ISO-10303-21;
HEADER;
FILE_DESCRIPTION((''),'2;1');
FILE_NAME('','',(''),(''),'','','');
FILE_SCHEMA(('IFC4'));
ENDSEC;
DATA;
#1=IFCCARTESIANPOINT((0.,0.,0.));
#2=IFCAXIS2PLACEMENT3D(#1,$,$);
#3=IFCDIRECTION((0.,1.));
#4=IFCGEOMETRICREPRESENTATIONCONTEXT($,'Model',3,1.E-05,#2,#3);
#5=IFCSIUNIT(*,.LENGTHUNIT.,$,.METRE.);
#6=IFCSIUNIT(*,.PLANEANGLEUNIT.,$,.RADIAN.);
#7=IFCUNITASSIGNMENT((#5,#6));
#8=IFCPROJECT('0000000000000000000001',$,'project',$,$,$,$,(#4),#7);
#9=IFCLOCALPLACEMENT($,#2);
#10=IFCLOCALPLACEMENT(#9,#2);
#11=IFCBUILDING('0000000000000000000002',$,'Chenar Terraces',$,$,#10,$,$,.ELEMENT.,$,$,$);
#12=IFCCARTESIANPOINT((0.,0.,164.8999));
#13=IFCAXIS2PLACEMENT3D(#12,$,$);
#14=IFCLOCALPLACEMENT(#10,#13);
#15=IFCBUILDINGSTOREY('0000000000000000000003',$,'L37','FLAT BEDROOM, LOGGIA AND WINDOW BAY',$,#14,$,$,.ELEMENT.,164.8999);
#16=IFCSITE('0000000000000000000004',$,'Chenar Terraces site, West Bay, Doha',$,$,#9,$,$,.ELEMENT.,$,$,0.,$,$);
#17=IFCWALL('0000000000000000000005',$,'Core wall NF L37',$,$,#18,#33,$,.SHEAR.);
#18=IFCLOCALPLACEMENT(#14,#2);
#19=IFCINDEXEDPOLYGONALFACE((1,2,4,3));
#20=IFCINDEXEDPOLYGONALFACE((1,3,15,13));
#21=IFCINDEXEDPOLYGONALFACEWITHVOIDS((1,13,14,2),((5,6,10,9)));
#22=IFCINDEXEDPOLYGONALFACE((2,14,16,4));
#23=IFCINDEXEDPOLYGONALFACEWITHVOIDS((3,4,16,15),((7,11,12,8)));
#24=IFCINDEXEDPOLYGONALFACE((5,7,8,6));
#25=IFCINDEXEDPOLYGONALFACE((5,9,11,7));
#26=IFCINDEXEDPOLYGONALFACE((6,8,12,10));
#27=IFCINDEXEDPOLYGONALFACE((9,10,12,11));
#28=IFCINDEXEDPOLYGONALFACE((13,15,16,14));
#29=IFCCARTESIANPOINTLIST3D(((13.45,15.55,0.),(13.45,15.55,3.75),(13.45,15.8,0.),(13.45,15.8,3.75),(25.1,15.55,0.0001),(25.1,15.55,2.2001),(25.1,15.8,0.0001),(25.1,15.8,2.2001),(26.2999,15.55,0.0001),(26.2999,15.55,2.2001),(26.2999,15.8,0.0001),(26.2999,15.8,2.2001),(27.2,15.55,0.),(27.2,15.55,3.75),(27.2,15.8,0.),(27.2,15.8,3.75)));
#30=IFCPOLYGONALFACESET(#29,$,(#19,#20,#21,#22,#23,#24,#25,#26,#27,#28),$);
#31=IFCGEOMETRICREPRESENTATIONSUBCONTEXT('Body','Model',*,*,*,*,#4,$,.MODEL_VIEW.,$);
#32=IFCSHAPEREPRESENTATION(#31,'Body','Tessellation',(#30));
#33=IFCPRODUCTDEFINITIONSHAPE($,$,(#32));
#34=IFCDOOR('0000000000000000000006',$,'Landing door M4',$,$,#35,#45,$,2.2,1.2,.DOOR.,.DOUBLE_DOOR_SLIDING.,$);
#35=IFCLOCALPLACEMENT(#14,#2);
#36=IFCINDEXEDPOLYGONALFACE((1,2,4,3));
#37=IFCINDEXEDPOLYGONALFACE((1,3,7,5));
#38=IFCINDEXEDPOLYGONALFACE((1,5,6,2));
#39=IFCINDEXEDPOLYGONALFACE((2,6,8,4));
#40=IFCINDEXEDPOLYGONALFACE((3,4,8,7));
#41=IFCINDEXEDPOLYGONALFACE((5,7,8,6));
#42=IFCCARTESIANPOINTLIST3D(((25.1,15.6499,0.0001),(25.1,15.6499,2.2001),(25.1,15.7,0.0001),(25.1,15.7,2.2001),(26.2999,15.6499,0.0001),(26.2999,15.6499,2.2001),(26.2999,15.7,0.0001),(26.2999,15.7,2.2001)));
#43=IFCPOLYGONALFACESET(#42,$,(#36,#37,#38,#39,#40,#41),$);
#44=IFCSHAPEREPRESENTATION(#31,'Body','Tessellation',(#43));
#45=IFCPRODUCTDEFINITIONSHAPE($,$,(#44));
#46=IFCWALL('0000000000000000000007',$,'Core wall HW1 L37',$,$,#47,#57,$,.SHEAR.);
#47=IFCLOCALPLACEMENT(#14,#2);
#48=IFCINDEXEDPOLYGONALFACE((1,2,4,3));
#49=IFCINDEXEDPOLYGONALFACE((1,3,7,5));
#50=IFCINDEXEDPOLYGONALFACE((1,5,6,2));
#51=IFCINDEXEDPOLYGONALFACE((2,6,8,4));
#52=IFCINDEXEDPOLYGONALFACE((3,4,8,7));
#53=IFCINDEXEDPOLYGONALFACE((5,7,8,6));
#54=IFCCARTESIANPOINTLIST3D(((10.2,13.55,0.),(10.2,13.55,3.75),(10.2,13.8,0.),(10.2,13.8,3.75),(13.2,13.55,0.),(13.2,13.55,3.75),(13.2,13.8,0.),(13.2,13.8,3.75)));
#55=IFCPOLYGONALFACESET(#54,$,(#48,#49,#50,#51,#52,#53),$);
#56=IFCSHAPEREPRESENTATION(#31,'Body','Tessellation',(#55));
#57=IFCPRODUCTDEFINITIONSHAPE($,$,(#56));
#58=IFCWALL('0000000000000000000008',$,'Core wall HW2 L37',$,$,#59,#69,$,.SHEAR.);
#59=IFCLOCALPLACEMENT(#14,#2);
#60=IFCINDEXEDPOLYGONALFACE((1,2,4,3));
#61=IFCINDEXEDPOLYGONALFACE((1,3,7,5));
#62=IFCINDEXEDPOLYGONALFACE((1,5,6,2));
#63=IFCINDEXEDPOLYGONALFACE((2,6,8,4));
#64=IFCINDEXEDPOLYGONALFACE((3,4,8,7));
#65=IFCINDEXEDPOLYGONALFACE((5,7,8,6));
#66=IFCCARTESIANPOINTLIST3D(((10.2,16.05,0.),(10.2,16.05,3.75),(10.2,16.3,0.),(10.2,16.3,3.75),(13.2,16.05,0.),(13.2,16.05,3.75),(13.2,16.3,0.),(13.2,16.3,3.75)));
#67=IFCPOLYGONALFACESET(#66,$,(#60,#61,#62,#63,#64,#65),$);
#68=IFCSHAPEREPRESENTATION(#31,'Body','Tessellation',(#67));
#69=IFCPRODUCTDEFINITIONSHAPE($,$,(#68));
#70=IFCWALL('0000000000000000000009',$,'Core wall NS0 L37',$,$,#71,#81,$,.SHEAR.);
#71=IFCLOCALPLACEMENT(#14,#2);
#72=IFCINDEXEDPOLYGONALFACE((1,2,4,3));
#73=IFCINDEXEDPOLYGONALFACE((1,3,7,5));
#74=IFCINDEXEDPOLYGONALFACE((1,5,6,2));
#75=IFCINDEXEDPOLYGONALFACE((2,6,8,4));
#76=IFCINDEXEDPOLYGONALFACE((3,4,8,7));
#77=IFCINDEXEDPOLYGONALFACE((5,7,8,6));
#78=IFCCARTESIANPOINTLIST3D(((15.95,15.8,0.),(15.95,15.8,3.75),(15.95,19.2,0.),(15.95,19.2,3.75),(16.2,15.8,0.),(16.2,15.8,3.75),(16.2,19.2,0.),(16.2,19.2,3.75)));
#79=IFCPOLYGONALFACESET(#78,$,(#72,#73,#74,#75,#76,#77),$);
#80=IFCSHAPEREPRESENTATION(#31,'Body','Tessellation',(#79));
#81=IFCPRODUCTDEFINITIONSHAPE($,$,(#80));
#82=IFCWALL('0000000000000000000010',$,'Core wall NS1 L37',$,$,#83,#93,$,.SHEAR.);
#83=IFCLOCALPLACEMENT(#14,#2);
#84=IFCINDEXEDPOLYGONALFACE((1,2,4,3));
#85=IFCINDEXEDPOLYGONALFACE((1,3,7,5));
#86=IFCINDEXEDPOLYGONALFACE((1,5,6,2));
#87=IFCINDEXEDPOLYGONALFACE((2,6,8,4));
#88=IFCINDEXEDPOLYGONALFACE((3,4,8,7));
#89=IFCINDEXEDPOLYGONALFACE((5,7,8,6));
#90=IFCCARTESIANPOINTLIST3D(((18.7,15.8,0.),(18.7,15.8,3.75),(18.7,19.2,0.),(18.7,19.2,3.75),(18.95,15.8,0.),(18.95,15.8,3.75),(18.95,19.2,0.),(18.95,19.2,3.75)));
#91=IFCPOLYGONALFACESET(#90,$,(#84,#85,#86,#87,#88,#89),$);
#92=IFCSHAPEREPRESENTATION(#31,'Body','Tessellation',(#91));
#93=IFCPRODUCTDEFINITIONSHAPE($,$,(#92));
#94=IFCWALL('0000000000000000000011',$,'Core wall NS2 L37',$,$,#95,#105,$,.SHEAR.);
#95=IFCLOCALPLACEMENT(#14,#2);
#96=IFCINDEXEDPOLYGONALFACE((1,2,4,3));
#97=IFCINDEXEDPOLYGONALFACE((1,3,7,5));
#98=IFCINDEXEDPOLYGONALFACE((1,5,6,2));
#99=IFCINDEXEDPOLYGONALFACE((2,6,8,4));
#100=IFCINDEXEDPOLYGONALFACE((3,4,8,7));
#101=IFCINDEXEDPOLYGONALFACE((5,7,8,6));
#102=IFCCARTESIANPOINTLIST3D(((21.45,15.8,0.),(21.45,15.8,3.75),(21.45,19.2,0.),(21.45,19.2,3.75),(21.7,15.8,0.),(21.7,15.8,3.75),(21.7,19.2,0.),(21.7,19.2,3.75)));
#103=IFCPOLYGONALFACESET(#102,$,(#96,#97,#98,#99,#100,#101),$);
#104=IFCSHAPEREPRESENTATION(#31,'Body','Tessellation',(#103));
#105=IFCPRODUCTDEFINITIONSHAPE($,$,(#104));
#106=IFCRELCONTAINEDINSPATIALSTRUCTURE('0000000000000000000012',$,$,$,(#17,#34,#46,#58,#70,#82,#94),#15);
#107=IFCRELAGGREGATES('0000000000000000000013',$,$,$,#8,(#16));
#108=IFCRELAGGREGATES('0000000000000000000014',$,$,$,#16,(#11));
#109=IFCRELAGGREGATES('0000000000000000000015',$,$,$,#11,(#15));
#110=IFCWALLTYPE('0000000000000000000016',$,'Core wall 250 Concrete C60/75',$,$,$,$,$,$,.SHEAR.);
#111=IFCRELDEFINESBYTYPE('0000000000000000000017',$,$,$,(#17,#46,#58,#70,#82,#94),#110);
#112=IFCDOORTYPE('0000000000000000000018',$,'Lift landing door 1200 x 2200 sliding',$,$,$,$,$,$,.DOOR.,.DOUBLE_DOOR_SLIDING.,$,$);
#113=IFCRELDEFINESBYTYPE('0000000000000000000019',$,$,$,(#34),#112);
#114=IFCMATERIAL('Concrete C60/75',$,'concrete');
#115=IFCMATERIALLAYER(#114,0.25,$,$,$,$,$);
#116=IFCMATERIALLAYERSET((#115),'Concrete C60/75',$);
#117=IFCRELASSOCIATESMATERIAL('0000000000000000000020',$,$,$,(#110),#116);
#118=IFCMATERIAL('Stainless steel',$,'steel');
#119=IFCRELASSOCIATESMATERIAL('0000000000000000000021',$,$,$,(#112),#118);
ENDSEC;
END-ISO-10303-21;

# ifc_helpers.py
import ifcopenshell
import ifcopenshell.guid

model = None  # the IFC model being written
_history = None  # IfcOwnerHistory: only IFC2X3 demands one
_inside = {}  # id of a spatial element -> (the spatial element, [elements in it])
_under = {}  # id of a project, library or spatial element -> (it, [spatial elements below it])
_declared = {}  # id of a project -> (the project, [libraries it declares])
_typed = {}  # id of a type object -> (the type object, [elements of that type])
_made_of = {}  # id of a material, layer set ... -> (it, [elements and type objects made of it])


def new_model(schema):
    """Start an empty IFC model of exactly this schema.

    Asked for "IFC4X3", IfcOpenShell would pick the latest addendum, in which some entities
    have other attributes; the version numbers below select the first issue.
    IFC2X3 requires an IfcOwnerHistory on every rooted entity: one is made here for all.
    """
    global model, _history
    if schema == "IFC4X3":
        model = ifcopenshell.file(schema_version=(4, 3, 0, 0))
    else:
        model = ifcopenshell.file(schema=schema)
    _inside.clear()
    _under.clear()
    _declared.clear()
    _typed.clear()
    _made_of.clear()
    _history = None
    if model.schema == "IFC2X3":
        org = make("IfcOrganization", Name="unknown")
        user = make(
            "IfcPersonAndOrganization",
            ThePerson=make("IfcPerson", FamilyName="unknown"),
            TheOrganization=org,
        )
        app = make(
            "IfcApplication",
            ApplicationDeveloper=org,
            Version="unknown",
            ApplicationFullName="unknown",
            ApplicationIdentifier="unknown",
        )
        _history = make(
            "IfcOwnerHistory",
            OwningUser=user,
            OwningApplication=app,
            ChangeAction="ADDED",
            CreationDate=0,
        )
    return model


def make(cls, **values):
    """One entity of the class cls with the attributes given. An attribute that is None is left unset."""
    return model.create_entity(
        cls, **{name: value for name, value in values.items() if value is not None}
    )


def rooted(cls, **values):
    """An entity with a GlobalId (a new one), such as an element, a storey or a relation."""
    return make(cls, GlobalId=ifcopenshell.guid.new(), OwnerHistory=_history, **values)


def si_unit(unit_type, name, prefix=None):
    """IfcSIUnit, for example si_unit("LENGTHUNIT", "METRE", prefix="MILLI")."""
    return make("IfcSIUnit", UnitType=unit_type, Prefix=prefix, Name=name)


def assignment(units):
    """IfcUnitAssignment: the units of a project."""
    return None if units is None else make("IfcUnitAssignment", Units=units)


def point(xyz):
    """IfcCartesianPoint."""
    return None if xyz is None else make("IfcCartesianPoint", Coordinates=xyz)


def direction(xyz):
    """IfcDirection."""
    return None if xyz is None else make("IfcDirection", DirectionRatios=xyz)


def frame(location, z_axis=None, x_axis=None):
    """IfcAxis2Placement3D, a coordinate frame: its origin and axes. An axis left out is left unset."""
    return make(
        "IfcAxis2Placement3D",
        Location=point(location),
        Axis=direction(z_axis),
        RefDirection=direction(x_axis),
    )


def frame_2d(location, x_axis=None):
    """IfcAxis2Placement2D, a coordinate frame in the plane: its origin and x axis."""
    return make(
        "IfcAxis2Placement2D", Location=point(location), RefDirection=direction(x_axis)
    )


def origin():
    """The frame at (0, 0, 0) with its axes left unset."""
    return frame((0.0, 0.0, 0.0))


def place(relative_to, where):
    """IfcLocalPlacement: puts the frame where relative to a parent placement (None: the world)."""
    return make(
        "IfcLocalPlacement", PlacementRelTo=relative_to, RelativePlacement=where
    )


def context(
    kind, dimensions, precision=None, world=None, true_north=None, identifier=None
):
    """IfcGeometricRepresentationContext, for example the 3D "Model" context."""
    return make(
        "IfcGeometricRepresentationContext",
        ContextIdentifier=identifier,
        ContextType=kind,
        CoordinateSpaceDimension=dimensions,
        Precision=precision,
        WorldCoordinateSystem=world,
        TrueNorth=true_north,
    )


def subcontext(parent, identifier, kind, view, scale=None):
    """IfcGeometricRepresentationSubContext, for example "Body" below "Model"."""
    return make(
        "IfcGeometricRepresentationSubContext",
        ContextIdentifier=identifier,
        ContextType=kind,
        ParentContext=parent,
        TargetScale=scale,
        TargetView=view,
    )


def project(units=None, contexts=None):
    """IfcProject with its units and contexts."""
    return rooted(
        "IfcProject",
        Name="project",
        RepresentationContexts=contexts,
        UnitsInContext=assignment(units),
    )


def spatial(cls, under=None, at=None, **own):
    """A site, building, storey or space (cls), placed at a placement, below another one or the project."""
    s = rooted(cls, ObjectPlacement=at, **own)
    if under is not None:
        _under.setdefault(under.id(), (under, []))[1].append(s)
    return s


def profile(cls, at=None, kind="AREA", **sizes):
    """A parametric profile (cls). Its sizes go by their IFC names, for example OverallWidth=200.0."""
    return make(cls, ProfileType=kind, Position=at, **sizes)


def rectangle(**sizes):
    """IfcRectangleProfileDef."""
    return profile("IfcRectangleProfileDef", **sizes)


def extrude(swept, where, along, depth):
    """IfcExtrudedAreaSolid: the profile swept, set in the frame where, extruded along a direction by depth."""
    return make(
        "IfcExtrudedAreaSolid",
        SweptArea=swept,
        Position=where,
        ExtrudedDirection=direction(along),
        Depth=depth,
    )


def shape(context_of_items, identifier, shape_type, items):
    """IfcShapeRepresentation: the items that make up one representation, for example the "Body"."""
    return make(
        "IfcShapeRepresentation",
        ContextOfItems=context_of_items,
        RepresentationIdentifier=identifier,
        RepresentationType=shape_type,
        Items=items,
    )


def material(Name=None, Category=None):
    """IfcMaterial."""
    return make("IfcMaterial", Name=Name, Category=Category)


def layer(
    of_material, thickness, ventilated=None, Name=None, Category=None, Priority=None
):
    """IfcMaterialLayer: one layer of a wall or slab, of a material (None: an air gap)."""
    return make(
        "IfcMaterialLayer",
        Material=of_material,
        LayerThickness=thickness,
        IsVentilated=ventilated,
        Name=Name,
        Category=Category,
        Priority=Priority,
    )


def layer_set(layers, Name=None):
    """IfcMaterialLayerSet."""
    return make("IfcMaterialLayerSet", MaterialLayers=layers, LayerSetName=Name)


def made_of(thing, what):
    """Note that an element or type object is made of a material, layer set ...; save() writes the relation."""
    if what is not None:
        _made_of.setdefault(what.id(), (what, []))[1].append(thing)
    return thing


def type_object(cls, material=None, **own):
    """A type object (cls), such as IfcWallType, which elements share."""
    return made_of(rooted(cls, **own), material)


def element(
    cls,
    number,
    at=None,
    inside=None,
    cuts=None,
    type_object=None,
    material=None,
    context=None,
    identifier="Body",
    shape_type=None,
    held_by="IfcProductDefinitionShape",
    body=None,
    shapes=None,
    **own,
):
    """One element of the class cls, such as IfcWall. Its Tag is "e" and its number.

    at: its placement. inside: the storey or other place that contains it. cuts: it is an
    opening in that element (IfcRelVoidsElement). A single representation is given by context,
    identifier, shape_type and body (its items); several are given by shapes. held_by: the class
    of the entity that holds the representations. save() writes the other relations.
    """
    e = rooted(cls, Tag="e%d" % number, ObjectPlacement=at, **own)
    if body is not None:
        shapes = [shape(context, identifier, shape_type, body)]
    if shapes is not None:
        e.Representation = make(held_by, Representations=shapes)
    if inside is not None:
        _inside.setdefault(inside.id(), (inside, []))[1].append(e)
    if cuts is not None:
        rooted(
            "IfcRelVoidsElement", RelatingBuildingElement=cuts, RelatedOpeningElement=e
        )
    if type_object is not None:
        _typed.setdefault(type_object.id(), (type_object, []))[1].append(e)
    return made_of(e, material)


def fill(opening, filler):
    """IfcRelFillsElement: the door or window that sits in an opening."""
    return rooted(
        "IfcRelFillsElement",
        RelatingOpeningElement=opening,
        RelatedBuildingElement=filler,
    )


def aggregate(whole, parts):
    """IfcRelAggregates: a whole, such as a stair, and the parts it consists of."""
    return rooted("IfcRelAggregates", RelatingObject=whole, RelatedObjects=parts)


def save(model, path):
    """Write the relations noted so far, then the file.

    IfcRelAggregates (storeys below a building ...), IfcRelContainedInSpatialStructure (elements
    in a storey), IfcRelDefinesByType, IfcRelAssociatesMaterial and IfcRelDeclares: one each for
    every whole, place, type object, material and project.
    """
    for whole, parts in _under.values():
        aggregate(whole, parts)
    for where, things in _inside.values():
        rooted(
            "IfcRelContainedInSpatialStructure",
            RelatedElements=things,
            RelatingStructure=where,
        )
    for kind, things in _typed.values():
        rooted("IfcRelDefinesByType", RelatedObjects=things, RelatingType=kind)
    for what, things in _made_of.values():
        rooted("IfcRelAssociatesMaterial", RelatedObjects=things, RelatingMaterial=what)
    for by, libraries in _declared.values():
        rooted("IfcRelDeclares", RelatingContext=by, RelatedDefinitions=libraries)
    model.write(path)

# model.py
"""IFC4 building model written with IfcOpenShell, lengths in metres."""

from ifc_helpers import new_model, si_unit, direction, frame, frame_2d, origin, place, context, subcontext, project, spatial, rectangle, extrude, material, layer, layer_set, type_object, element, fill, save


model = new_model("IFC4")

# Units and contexts
model_context = context("Model", 3, precision=1e-05, world=origin(), true_north=direction((0.0, 1.0)))
body_context = subcontext(model_context, "Body", "Model", "MODEL_VIEW")
ifc_project = project(units=[si_unit("LENGTHUNIT", "METRE"), si_unit("PLANEANGLEUNIT", "RADIAN")], contexts=[model_context])

# Site, building, storey
site_placement = place(None, origin())
site = spatial("IfcSite", under=ifc_project, at=site_placement, Name="Chenar Terraces site, West Bay, Doha", CompositionType="ELEMENT", RefElevation=0.0)
building_placement = place(site_placement, origin())
building = spatial("IfcBuilding", under=site, at=building_placement, Name="Chenar Terraces", CompositionType="ELEMENT")
storey_placement = place(building_placement, frame((0.0, 0.0, 164.8999)))
storey = spatial("IfcBuildingStorey", under=building, at=storey_placement, Name="L37", Description="FLAT BEDROOM, LOGGIA AND WINDOW BAY", CompositionType="ELEMENT", Elevation=164.8999)

# Wall, opening, door
ifc_material_1 = material(Name="Concrete C60/75", Category="concrete")
ifc_layer_1 = layer(ifc_material_1, 0.25)
ifc_layer_set_1 = layer_set([ifc_layer_1], Name="Concrete C60/75")
wall_type_1 = type_object("IfcWallType", Name="Core wall 250 Concrete C60/75", PredefinedType="SHEAR", material=ifc_layer_set_1)
wall_1_placement = place(storey_placement, frame((13.45, 15.675, 0.0), z_axis=(0.0, 0.0, 1.0), x_axis=(1.0, 0.0, 0.0)))
wall_1 = element("IfcWall", 1, at=wall_1_placement, inside=storey, type_object=wall_type_1, Name="Core wall NF L37", PredefinedType="SHEAR", context=body_context, shape_type="SweptSolid", body=[
    extrude(rectangle(XDim=13.75, YDim=0.25, at=frame_2d((6.875, 0.0))), origin(), (0.0, 0.0, 1.0), 3.75),
])
opening_1_placement = place(wall_1_placement, frame((11.6499, 0.0, 0.0)))
opening_1 = element("IfcOpeningElement", 2, at=opening_1_placement, cuts=wall_1, PredefinedType="OPENING", context=body_context, shape_type="SweptSolid", body=[
    extrude(rectangle(XDim=1.2, YDim=2.2, at=frame_2d((0.6001, 1.1001))), frame((0.0, 0.135, 0.0), z_axis=(0.0, -1.0, 0.0), x_axis=(1.0, 0.0, 0.0)), (0.0, 0.0, 1.0), 0.27),
])
ifc_material_2 = material(Name="Stainless steel", Category="steel")
door_type_1 = type_object("IfcDoorType", Name="Lift landing door 1200 x 2200 sliding", OperationType="DOUBLE_DOOR_SLIDING", PredefinedType="DOOR", material=ifc_material_2)
door_1_placement = place(opening_1_placement, origin())
door_1 = element("IfcDoor", 3, at=door_1_placement, inside=storey, type_object=door_type_1, Name="Landing door M4", OperationType="DOUBLE_DOOR_SLIDING", OverallHeight=2.2, OverallWidth=1.2, PredefinedType="DOOR", context=body_context, shape_type="SweptSolid", body=[
    extrude(rectangle(XDim=1.2, YDim=2.2, at=frame_2d((0.6001, 1.1001))), frame((0.0, 0.0249, 0.0), z_axis=(0.0, -1.0, 0.0), x_axis=(1.0, 0.0, 0.0)), (0.0, 0.0, 1.0), 0.05),
])
fill(opening_1, door_1)

# Walls
for number, where, z_axis, x_axis, name in (
    (4, (10.2, 13.675, 0.0), (0.0, 0.0, 1.0), (1.0, 0.0, 0.0), "Core wall HW1 L37"),
    (5, (10.2, 16.175, 0.0), (0.0, 0.0, 1.0), (1.0, 0.0, 0.0), "Core wall HW2 L37"),
):
    element("IfcWall", number, at=place(storey_placement, frame(where, z_axis=z_axis, x_axis=x_axis)), inside=storey, type_object=wall_type_1, Name=name, PredefinedType="SHEAR", context=body_context, shape_type="SweptSolid", body=[
        extrude(rectangle(XDim=3.0, YDim=0.25, at=frame_2d((1.5, 0.0))), origin(), (0.0, 0.0, 1.0), 3.75),
    ])
for number, where, z_axis, x_axis, name in (
    (6, (16.075, 15.8, 0.0), (0.0, 0.0, 1.0), (0.0, 1.0, 0.0), "Core wall NS0 L37"),
    (7, (18.825, 15.8, 0.0), (0.0, 0.0, 1.0), (0.0, 1.0, 0.0), "Core wall NS1 L37"),
    (8, (21.575, 15.8, 0.0), (0.0, 0.0, 1.0), (0.0, 1.0, 0.0), "Core wall NS2 L37"),
):
    element("IfcWall", number, at=place(storey_placement, frame(where, z_axis=z_axis, x_axis=x_axis)), inside=storey, type_object=wall_type_1, Name=name, PredefinedType="SHEAR", context=body_context, shape_type="SweptSolid", body=[
        extrude(rectangle(XDim=3.3999, YDim=0.25, at=frame_2d((1.7, 0.0))), origin(), (0.0, 0.0, 1.0), 3.75),
    ])

save(model, "model.ifc")
